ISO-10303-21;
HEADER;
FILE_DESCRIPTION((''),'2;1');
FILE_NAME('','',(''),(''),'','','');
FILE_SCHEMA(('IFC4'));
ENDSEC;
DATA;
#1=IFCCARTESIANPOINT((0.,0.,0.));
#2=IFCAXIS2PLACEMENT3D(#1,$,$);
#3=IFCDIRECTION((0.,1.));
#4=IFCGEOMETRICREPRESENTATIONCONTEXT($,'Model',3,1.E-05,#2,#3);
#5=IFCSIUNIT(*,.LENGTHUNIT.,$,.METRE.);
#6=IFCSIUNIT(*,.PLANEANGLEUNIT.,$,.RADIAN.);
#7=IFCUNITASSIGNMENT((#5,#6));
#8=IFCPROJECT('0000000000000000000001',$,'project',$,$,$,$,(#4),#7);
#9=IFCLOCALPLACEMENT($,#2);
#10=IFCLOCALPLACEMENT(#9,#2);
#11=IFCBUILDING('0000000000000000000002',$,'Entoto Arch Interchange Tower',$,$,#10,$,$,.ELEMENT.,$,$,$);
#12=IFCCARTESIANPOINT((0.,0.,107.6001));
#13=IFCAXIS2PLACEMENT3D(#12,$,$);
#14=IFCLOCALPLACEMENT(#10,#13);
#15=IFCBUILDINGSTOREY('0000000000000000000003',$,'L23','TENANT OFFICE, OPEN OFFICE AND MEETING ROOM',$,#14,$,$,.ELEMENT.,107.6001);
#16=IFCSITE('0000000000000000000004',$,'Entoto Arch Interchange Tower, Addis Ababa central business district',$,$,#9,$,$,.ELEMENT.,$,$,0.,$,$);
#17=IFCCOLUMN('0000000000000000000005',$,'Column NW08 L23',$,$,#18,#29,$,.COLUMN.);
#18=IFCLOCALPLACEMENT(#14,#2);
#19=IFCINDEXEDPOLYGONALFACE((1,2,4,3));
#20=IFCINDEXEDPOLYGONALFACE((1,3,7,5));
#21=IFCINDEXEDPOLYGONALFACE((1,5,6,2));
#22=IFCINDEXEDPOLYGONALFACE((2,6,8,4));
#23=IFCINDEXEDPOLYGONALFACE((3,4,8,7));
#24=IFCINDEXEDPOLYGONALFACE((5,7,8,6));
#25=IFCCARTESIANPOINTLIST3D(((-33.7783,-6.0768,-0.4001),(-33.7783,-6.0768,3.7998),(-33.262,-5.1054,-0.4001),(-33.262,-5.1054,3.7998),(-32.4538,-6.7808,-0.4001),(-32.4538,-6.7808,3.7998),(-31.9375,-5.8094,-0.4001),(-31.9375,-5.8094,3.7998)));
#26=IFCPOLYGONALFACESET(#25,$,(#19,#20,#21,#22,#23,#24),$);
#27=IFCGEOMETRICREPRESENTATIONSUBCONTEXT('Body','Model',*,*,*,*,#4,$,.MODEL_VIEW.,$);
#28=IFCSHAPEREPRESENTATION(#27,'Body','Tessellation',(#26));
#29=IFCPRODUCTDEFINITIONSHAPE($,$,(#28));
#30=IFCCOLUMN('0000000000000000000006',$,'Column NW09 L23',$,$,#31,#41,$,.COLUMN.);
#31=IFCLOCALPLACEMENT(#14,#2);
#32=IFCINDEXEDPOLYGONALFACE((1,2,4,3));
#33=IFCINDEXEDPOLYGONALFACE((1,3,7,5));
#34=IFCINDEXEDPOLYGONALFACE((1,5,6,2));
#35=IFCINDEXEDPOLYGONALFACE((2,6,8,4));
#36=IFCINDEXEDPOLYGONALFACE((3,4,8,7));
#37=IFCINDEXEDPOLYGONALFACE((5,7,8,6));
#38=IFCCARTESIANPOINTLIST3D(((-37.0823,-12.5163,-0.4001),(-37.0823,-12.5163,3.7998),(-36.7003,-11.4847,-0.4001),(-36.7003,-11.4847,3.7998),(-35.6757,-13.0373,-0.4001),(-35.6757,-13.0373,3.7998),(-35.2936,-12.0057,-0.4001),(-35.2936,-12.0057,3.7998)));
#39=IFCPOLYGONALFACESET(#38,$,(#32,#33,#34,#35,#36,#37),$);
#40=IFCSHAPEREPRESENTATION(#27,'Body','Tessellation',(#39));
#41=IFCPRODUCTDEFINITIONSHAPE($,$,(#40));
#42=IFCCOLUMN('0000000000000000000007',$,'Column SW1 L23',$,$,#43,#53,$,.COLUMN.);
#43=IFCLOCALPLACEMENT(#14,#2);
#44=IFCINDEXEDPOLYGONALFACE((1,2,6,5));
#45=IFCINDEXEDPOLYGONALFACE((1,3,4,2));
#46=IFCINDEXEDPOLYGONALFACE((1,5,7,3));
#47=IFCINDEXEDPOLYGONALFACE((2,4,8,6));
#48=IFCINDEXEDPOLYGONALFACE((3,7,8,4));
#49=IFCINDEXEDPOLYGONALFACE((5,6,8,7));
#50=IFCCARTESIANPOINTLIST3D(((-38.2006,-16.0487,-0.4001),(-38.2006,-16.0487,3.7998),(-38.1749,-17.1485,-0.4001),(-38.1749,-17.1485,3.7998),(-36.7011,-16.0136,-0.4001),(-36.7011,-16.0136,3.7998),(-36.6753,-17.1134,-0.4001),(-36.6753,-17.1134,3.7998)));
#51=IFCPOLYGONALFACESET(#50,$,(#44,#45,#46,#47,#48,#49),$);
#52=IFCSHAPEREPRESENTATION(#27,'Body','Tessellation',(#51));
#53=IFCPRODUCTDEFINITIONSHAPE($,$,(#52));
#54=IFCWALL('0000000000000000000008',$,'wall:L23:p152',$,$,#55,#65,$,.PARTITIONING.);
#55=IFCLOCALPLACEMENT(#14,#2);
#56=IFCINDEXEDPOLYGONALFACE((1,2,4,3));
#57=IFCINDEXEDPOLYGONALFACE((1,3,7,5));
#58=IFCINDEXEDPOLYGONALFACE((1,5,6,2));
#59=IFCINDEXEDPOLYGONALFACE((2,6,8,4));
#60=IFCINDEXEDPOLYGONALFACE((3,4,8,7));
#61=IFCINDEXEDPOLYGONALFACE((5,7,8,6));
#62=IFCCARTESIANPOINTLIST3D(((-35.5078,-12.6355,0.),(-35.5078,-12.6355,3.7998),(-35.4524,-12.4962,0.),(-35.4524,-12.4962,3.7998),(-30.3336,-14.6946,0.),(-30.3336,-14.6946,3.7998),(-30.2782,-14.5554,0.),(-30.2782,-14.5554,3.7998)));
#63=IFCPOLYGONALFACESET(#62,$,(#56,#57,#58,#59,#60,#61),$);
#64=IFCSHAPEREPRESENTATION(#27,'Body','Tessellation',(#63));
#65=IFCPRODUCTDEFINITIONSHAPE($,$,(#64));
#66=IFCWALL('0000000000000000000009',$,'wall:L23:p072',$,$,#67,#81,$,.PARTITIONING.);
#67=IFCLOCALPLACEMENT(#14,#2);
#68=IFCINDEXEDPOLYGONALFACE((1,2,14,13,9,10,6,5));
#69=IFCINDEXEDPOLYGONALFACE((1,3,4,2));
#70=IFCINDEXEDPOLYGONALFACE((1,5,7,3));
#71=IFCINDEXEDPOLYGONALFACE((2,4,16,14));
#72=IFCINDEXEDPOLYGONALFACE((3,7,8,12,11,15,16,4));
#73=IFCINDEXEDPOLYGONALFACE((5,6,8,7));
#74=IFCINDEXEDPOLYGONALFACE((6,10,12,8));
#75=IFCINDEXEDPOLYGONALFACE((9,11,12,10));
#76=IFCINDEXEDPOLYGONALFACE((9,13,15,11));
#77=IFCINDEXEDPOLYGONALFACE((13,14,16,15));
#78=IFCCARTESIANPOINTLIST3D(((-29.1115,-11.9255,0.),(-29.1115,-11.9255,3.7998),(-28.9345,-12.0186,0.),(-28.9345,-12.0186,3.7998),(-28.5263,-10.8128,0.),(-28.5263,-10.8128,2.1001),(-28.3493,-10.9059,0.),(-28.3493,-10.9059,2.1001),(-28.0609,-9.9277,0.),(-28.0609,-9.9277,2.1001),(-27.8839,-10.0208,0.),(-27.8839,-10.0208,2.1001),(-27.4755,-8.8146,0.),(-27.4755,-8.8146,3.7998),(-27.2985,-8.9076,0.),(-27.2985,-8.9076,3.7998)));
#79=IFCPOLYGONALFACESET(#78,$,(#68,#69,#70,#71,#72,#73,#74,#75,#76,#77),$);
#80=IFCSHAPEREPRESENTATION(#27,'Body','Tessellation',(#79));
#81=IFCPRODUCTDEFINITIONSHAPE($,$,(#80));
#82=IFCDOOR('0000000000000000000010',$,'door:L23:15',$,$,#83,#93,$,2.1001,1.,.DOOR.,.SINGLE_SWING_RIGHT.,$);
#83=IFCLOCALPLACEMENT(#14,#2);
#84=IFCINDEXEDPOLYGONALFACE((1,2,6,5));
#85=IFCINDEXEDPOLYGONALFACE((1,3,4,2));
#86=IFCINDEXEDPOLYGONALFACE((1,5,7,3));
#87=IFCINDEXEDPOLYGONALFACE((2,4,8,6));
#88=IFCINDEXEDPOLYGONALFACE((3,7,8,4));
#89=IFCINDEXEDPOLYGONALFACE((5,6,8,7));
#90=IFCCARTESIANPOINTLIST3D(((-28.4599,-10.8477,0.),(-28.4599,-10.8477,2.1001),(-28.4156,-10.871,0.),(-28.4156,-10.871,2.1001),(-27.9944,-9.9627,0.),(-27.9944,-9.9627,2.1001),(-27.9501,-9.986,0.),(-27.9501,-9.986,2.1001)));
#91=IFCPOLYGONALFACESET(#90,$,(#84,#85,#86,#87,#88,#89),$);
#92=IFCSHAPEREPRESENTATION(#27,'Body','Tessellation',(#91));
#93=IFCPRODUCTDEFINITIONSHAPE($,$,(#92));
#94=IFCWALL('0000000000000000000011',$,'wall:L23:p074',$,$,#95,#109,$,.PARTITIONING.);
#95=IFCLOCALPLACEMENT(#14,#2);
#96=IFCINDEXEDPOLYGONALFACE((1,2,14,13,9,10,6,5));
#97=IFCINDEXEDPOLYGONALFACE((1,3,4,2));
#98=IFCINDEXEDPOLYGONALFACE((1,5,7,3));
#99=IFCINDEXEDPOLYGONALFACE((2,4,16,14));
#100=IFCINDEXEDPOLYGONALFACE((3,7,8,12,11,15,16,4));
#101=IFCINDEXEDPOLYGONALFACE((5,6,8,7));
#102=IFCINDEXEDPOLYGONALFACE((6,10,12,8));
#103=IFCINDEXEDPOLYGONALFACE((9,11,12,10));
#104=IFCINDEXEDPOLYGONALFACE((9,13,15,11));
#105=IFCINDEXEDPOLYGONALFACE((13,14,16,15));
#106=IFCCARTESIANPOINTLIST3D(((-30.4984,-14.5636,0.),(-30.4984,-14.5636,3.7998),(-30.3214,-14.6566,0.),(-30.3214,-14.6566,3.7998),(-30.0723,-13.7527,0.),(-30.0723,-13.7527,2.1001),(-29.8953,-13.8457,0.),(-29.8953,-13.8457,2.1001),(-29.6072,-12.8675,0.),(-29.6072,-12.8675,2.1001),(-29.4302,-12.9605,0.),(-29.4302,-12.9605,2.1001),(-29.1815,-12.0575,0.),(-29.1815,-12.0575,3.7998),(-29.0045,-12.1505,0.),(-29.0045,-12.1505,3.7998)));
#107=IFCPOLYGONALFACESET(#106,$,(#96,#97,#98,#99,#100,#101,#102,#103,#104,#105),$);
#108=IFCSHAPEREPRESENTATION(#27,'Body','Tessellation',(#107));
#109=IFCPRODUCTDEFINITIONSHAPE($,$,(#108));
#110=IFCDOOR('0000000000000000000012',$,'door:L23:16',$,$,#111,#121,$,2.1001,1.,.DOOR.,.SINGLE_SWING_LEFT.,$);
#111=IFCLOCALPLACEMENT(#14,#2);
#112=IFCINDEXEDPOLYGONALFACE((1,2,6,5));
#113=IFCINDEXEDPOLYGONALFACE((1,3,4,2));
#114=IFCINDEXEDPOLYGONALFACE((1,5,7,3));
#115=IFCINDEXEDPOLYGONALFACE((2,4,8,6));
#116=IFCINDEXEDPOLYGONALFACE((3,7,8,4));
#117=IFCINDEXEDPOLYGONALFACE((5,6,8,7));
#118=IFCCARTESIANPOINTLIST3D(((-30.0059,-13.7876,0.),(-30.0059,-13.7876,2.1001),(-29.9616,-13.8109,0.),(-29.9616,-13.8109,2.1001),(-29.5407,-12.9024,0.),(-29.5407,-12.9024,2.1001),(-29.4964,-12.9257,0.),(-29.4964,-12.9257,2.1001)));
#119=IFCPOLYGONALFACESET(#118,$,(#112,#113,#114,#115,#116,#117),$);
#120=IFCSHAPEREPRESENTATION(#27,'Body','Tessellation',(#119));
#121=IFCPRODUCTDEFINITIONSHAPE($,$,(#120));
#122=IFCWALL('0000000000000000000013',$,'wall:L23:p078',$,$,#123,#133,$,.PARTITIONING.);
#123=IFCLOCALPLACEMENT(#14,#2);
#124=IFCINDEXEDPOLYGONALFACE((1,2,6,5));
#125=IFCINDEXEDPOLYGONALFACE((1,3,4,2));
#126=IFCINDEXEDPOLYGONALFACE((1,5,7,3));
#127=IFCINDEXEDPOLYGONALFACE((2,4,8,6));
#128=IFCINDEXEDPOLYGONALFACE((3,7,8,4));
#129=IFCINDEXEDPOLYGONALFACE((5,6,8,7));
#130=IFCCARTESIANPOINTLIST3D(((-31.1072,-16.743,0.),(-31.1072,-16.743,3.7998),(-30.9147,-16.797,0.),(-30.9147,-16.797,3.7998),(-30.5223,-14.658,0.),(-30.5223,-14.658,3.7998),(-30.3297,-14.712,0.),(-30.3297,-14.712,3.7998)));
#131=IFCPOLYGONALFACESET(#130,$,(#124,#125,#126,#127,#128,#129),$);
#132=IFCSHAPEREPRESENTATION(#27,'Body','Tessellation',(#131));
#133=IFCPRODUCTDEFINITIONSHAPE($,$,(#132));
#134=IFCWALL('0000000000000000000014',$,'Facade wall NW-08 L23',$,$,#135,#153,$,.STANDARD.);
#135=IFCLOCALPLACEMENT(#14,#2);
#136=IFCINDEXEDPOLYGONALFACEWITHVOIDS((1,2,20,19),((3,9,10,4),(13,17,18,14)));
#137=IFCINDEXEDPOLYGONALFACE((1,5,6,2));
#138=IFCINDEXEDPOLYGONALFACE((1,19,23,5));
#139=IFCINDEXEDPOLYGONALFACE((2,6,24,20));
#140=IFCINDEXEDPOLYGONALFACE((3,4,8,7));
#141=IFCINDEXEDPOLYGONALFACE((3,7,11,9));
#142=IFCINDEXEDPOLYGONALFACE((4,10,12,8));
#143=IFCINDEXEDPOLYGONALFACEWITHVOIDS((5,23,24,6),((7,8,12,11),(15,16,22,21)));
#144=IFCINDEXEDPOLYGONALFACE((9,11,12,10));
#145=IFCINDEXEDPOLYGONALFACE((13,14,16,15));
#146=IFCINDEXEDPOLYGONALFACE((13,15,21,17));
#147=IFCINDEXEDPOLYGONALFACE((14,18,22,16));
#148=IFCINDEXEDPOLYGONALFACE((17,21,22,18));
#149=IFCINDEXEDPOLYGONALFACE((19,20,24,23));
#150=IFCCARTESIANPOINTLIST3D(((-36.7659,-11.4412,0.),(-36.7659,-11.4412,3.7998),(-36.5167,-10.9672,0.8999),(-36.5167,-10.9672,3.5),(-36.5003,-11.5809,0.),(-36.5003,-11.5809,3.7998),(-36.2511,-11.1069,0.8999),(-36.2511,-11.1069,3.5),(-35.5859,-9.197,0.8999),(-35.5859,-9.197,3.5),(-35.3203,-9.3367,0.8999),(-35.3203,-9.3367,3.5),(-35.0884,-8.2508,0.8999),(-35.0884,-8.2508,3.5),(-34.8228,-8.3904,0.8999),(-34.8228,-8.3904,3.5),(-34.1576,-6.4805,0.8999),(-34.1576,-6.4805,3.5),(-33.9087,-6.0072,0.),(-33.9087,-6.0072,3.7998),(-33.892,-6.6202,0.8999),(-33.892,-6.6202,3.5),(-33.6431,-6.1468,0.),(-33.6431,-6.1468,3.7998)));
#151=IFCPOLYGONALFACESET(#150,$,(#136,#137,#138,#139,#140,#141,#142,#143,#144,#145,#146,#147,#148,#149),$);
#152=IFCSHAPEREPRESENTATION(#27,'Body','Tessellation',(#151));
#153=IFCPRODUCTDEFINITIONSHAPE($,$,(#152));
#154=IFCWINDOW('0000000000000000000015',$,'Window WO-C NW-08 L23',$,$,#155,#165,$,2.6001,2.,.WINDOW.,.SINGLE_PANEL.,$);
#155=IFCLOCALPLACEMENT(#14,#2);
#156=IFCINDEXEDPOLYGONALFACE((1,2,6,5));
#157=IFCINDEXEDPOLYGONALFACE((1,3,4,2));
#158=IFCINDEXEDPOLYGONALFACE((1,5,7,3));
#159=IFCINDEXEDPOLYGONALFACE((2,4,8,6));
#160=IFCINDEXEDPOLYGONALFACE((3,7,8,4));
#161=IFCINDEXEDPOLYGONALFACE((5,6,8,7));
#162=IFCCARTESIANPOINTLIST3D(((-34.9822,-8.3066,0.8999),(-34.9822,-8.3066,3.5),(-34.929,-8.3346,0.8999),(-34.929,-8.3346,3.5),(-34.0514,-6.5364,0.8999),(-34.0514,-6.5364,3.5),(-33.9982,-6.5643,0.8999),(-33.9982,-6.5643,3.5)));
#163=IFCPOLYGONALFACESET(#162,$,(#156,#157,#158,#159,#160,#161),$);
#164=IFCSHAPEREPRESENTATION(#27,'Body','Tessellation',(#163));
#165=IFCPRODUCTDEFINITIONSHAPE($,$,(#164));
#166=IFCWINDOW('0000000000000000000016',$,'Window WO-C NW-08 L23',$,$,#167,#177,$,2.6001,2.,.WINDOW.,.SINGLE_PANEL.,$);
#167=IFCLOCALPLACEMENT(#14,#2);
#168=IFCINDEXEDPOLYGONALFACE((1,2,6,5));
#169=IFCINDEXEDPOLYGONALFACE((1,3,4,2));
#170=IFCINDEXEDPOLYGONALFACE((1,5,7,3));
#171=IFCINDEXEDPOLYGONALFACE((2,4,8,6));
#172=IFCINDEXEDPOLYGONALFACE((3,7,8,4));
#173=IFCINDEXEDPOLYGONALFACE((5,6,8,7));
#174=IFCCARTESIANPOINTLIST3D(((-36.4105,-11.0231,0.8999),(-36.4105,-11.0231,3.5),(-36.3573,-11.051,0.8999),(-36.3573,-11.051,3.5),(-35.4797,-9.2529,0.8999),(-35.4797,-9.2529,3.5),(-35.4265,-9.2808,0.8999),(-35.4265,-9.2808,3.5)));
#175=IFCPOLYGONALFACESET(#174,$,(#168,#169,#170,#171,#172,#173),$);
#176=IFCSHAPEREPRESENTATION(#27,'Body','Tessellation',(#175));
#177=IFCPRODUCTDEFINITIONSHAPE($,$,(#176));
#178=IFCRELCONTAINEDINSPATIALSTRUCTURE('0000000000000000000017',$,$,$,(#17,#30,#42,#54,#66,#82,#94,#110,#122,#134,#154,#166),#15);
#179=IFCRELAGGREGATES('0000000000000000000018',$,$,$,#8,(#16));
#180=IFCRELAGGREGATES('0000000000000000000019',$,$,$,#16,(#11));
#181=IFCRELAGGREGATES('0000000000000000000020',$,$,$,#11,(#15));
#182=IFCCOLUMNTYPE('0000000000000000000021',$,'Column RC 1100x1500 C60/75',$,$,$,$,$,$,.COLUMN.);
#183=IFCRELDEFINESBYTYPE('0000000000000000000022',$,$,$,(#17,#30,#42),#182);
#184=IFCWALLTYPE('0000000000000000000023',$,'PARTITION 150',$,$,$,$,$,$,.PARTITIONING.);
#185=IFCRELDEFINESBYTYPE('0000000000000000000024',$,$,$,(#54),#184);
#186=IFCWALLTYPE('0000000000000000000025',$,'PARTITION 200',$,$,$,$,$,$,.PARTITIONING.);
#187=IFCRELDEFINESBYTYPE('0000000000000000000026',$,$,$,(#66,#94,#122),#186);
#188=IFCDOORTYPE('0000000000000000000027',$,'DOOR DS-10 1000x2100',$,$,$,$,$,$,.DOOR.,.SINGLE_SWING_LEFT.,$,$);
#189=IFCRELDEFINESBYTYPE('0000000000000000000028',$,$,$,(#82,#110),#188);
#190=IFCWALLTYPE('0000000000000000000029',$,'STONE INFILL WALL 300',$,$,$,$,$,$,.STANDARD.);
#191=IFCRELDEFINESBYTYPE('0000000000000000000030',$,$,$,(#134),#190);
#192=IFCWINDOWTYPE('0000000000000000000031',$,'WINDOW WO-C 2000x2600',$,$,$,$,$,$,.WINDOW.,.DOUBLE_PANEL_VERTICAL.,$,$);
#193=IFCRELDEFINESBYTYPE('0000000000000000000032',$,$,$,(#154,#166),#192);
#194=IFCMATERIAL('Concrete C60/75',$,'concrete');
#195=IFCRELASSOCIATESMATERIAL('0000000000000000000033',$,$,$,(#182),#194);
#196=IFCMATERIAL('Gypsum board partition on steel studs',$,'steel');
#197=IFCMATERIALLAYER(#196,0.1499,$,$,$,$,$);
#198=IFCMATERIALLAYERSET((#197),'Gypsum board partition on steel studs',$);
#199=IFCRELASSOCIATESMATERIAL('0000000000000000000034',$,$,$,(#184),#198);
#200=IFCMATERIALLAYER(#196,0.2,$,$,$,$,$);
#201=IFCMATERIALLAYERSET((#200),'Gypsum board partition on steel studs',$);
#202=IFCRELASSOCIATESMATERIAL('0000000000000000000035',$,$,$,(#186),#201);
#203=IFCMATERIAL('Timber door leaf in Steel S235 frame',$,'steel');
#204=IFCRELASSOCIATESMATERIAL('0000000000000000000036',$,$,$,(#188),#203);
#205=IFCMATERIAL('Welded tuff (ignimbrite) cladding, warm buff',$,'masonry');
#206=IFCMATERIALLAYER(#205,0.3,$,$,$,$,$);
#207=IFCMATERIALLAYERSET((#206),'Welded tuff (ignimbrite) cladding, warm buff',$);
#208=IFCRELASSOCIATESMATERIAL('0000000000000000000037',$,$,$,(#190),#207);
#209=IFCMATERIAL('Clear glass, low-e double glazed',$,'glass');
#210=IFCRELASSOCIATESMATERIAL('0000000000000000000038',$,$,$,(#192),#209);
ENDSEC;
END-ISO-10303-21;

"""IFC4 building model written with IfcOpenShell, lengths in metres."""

from ifc_helpers import new_model, si_unit, direction, frame, frame_2d, origin, origin_2d, place, context, subcontext, project, spatial, rectangle, extrude, material, layer, layer_set, material_profile, profile_set, type_object, element, fill, save


model = new_model("IFC4")

# Units and contexts
model_context = context("Model", 3, precision=1e-05, world=origin(), true_north=direction((0.0, 1.0)))
body_context = subcontext(model_context, "Body", "Model", "MODEL_VIEW")
ifc_project = project(units=[si_unit("LENGTHUNIT", "METRE"), si_unit("PLANEANGLEUNIT", "RADIAN")], contexts=[model_context])

# Site, building, storey
site_placement = place(None, origin())
site = spatial("IfcSite", under=ifc_project, at=site_placement, Name="Entoto Arch Interchange Tower, Addis Ababa central business district", CompositionType="ELEMENT", RefElevation=0.0)
building_placement = place(site_placement, origin())
building = spatial("IfcBuilding", under=site, at=building_placement, Name="Entoto Arch Interchange Tower", CompositionType="ELEMENT")
storey_placement = place(building_placement, frame((0.0, 0.0, 107.6001)))
storey = spatial("IfcBuildingStorey", under=building, at=storey_placement, Name="L23", Description="TENANT OFFICE, OPEN OFFICE AND MEETING ROOM", CompositionType="ELEMENT", Elevation=107.6001)

# Columns
ifc_material_1 = material(Name="Concrete C60/75", Category="concrete")
ifc_material_profile = material_profile(ifc_material_1, rectangle(XDim=1.1001, YDim=1.5, at=origin_2d()))
ifc_profile_set = profile_set([ifc_material_profile], Name="Concrete C60/75")
column_type = type_object("IfcColumnType", Name="Column RC 1100x1500 C60/75", PredefinedType="COLUMN", material=ifc_profile_set)
for number, where, z_axis, x_axis, name in (
    (1, (-32.8579, -5.9431, -0.4001), (0.0, 0.0, 1.0), (0.469333, 0.883021, 0.0), "Column NW08 L23"),
    (2, (-36.188, -12.261, -0.4001), (0.0, 0.0, 1.0), (0.347312, 0.93775, 0.0), "Column NW09 L23"),
    (3, (-37.438, -16.5811, -0.4001), (0.0, 0.0, 1.0), (-0.023385, 0.999727, 0.0), "Column SW1 L23"),
):
    element("IfcColumn", number, at=place(storey_placement, frame(where, z_axis=z_axis, x_axis=x_axis)), inside=storey, type_object=column_type, Name=name, PredefinedType="COLUMN", context=body_context, shape_type="SweptSolid", body=[
        extrude(rectangle(XDim=1.1001, YDim=1.5, at=origin_2d()), origin(), (0.0, 0.0, 1.0), 4.2),
    ])

# Wall
ifc_material_2 = material(Name="Gypsum board partition on steel studs", Category="steel")
ifc_layer_1 = layer(ifc_material_2, 0.1499)
ifc_layer_set_1 = layer_set([ifc_layer_1], Name="Gypsum board partition on steel studs")
wall_type_1 = type_object("IfcWallType", Name="PARTITION 150", PredefinedType="PARTITIONING", material=ifc_layer_set_1)
wall_1_placement = place(storey_placement, frame((-30.3059, -14.625, 0.0), z_axis=(0.0, 0.0, 1.0), x_axis=(-0.929128, 0.369757, 0.0)))
element("IfcWall", 4, at=wall_1_placement, inside=storey, type_object=wall_type_1, Name="wall:L23:p152", PredefinedType="PARTITIONING", context=body_context, shape_type="SweptSolid", body=[
    extrude(rectangle(XDim=5.5688, YDim=0.1499, at=frame_2d((2.7844, 0.0))), origin(), (0.0, 0.0, 1.0), 3.7998),
])

# Walls, openings, doors
ifc_layer_2 = layer(ifc_material_2, 0.2)
ifc_layer_set_2 = layer_set([ifc_layer_2], Name="Gypsum board partition on steel studs")
wall_type_2 = type_object("IfcWallType", Name="PARTITION 200", PredefinedType="PARTITIONING", material=ifc_layer_set_2)
wall_2_placement = place(storey_placement, frame((-29.0229, -11.9719, 0.0), z_axis=(0.0, 0.0, 1.0), x_axis=(0.465457, 0.88507, 0.0)))
wall_2 = element("IfcWall", 5, at=wall_2_placement, inside=storey, type_object=wall_type_2, Name="wall:L23:p072", PredefinedType="PARTITIONING", context=body_context, shape_type="SweptSolid", body=[
    extrude(rectangle(XDim=3.5149, YDim=0.2, at=frame_2d((1.7573, 0.0))), origin(), (0.0, 0.0, 1.0), 3.7998),
])
opening_1_placement = place(wall_2_placement, frame((1.2571, 0.0, 0.0)))
opening_1 = element("IfcOpeningElement", 6, at=opening_1_placement, cuts=wall_2, PredefinedType="OPENING", context=body_context, shape_type="SweptSolid", body=[
    extrude(rectangle(XDim=1.0, YDim=2.1001, at=frame_2d((0.5, 1.05))), frame((0.0, 0.1099, 0.0), z_axis=(0.0, -1.0, 0.0), x_axis=(1.0, 0.0, 0.0)), (0.0, 0.0, 1.0), 0.22),
])
ifc_material_3 = material(Name="Timber door leaf in Steel S235 frame", Category="steel")
door_type = type_object("IfcDoorType", Name="DOOR DS-10 1000x2100", OperationType="SINGLE_SWING_LEFT", PredefinedType="DOOR", material=ifc_material_3)
door_1_placement = place(opening_1_placement, origin())
door_1 = element("IfcDoor", 7, at=door_1_placement, inside=storey, type_object=door_type, Name="door:L23:15", OperationType="SINGLE_SWING_RIGHT", OverallHeight=2.1001, OverallWidth=1.0, PredefinedType="DOOR", context=body_context, shape_type="SweptSolid", body=[
    extrude(rectangle(XDim=1.0, YDim=2.1001, at=frame_2d((0.5, 1.05))), frame((0.0, 0.0249, 0.0), z_axis=(0.0, -1.0, 0.0), x_axis=(1.0, 0.0, 0.0)), (0.0, 0.0, 1.0), 0.05),
])
fill(opening_1, door_1)
wall_3_placement = place(storey_placement, frame((-30.4099, -14.6101, 0.0), z_axis=(0.0, 0.0, 1.0), x_axis=(0.465163, 0.885225, 0.0)))
wall_3 = element("IfcWall", 8, at=wall_3_placement, inside=storey, type_object=wall_type_2, Name="wall:L23:p074", PredefinedType="PARTITIONING", context=body_context, shape_type="SweptSolid", body=[
    extrude(rectangle(XDim=2.8311, YDim=0.2, at=frame_2d((1.4155, 0.0))), origin(), (0.0, 0.0, 1.0), 3.7998),
])
opening_2_placement = place(wall_3_placement, frame((0.916, 0.0, 0.0)))
opening_2 = element("IfcOpeningElement", 9, at=opening_2_placement, cuts=wall_3, PredefinedType="OPENING", context=body_context, shape_type="SweptSolid", body=[
    extrude(rectangle(XDim=1.0, YDim=2.1001, at=frame_2d((0.5, 1.05))), frame((0.0, 0.1099, 0.0), z_axis=(0.0, -1.0, 0.0), x_axis=(1.0, 0.0, 0.0)), (0.0, 0.0, 1.0), 0.22),
])
door_2_placement = place(opening_2_placement, origin())
door_2 = element("IfcDoor", 10, at=door_2_placement, inside=storey, type_object=door_type, Name="door:L23:16", OperationType="SINGLE_SWING_LEFT", OverallHeight=2.1001, OverallWidth=1.0, PredefinedType="DOOR", context=body_context, shape_type="SweptSolid", body=[
    extrude(rectangle(XDim=1.0, YDim=2.1001, at=frame_2d((0.5, 1.05))), frame((0.0, 0.0249, 0.0), z_axis=(0.0, -1.0, 0.0), x_axis=(1.0, 0.0, 0.0)), (0.0, 0.0, 1.0), 0.05),
])
fill(opening_2, door_2)

# Wall
wall_4_placement = place(storey_placement, frame((-31.011, -16.77, 0.0), z_axis=(0.0, 0.0, 1.0), x_axis=(0.270132, 0.962823, 0.0)))
element("IfcWall", 11, at=wall_4_placement, inside=storey, type_object=wall_type_2, Name="wall:L23:p078", PredefinedType="PARTITIONING", context=body_context, shape_type="SweptSolid", body=[
    extrude(rectangle(XDim=2.1655, YDim=0.2, at=frame_2d((1.0828, 0.0))), origin(), (0.0, 0.0, 1.0), 3.7998),
])

# Wall, openings, windows
ifc_material_4 = material(Name="Welded tuff (ignimbrite) cladding, warm buff", Category="masonry")
ifc_layer_3 = layer(ifc_material_4, 0.3)
ifc_layer_set_3 = layer_set([ifc_layer_3], Name="Welded tuff (ignimbrite) cladding, warm buff")
wall_type_3 = type_object("IfcWallType", Name="STONE INFILL WALL 300", PredefinedType="STANDARD", material=ifc_layer_set_3)
wall_5_placement = place(storey_placement, frame((-33.7759, -6.0769, 0.0), z_axis=(0.0, 0.0, 1.0), x_axis=(-0.465381, -0.885111, 0.0)))
wall_5 = element("IfcWall", 12, at=wall_5_placement, inside=storey, type_object=wall_type_3, Name="Facade wall NW-08 L23", PredefinedType="STANDARD", context=body_context, shape_type="SweptSolid", body=[
    extrude(rectangle(XDim=6.1394, YDim=0.3, at=frame_2d((3.0698, 0.0))), origin(), (0.0, 0.0, 1.0), 3.7998),
])
opening_3_placement = place(wall_5_placement, frame((0.5349, 0.0, 0.8999)))
opening_3 = element("IfcOpeningElement", 13, at=opening_3_placement, cuts=wall_5, PredefinedType="OPENING", context=body_context, shape_type="SweptSolid", body=[
    extrude(rectangle(XDim=2.0, YDim=2.6001, at=frame_2d((1.0, 1.3))), frame((0.0, 0.1602, 0.0), z_axis=(0.0, -1.0, 0.0), x_axis=(1.0, 0.0, 0.0)), (0.0, 0.0, 1.0), 0.3201),
])
opening_4_placement = place(wall_5_placement, frame((3.604, 0.0, 0.8999)))
opening_4 = element("IfcOpeningElement", 14, at=opening_4_placement, cuts=wall_5, PredefinedType="OPENING", context=body_context, shape_type="SweptSolid", body=[
    extrude(rectangle(XDim=2.0, YDim=2.6001, at=frame_2d((1.0, 1.3))), frame((0.0, 0.1602, 0.0), z_axis=(0.0, -1.0, 0.0), x_axis=(1.0, 0.0, 0.0)), (0.0, 0.0, 1.0), 0.3201),
])
ifc_material_5 = material(Name="Clear glass, low-e double glazed", Category="glass")
window_type_1 = type_object("IfcWindowType", Name="WINDOW WO-C 2000x2600", PartitioningType="DOUBLE_PANEL_VERTICAL", PredefinedType="WINDOW", material=ifc_material_5)
window_1_placement = place(opening_3_placement, origin())
window_1 = element("IfcWindow", 15, at=window_1_placement, inside=storey, type_object=window_type_1, Name="Window WO-C NW-08 L23", OverallHeight=2.6001, OverallWidth=2.0, PartitioningType="SINGLE_PANEL", PredefinedType="WINDOW", context=body_context, shape_type="SweptSolid", body=[
    extrude(rectangle(XDim=2.0, YDim=2.6001, at=frame_2d((1.0, 1.3))), frame((0.0, 0.03, 0.0), z_axis=(0.0, -1.0, 0.0), x_axis=(1.0, 0.0, 0.0)), (0.0, 0.0, 1.0), 0.0601),
])
fill(opening_3, window_1)
window_2_placement = place(opening_4_placement, origin())
window_2 = element("IfcWindow", 16, at=window_2_placement, inside=storey, type_object=window_type_1, Name="Window WO-C NW-08 L23", OverallHeight=2.6001, OverallWidth=2.0, PartitioningType="SINGLE_PANEL", PredefinedType="WINDOW", context=body_context, shape_type="SweptSolid", body=[
    extrude(rectangle(XDim=2.0, YDim=2.6001, at=frame_2d((1.0, 1.3))), frame((0.0, 0.03, 0.0), z_axis=(0.0, -1.0, 0.0), x_axis=(1.0, 0.0, 0.0)), (0.0, 0.0, 1.0), 0.0601),
])
fill(opening_4, window_2)

save(model, "model.ifc")
